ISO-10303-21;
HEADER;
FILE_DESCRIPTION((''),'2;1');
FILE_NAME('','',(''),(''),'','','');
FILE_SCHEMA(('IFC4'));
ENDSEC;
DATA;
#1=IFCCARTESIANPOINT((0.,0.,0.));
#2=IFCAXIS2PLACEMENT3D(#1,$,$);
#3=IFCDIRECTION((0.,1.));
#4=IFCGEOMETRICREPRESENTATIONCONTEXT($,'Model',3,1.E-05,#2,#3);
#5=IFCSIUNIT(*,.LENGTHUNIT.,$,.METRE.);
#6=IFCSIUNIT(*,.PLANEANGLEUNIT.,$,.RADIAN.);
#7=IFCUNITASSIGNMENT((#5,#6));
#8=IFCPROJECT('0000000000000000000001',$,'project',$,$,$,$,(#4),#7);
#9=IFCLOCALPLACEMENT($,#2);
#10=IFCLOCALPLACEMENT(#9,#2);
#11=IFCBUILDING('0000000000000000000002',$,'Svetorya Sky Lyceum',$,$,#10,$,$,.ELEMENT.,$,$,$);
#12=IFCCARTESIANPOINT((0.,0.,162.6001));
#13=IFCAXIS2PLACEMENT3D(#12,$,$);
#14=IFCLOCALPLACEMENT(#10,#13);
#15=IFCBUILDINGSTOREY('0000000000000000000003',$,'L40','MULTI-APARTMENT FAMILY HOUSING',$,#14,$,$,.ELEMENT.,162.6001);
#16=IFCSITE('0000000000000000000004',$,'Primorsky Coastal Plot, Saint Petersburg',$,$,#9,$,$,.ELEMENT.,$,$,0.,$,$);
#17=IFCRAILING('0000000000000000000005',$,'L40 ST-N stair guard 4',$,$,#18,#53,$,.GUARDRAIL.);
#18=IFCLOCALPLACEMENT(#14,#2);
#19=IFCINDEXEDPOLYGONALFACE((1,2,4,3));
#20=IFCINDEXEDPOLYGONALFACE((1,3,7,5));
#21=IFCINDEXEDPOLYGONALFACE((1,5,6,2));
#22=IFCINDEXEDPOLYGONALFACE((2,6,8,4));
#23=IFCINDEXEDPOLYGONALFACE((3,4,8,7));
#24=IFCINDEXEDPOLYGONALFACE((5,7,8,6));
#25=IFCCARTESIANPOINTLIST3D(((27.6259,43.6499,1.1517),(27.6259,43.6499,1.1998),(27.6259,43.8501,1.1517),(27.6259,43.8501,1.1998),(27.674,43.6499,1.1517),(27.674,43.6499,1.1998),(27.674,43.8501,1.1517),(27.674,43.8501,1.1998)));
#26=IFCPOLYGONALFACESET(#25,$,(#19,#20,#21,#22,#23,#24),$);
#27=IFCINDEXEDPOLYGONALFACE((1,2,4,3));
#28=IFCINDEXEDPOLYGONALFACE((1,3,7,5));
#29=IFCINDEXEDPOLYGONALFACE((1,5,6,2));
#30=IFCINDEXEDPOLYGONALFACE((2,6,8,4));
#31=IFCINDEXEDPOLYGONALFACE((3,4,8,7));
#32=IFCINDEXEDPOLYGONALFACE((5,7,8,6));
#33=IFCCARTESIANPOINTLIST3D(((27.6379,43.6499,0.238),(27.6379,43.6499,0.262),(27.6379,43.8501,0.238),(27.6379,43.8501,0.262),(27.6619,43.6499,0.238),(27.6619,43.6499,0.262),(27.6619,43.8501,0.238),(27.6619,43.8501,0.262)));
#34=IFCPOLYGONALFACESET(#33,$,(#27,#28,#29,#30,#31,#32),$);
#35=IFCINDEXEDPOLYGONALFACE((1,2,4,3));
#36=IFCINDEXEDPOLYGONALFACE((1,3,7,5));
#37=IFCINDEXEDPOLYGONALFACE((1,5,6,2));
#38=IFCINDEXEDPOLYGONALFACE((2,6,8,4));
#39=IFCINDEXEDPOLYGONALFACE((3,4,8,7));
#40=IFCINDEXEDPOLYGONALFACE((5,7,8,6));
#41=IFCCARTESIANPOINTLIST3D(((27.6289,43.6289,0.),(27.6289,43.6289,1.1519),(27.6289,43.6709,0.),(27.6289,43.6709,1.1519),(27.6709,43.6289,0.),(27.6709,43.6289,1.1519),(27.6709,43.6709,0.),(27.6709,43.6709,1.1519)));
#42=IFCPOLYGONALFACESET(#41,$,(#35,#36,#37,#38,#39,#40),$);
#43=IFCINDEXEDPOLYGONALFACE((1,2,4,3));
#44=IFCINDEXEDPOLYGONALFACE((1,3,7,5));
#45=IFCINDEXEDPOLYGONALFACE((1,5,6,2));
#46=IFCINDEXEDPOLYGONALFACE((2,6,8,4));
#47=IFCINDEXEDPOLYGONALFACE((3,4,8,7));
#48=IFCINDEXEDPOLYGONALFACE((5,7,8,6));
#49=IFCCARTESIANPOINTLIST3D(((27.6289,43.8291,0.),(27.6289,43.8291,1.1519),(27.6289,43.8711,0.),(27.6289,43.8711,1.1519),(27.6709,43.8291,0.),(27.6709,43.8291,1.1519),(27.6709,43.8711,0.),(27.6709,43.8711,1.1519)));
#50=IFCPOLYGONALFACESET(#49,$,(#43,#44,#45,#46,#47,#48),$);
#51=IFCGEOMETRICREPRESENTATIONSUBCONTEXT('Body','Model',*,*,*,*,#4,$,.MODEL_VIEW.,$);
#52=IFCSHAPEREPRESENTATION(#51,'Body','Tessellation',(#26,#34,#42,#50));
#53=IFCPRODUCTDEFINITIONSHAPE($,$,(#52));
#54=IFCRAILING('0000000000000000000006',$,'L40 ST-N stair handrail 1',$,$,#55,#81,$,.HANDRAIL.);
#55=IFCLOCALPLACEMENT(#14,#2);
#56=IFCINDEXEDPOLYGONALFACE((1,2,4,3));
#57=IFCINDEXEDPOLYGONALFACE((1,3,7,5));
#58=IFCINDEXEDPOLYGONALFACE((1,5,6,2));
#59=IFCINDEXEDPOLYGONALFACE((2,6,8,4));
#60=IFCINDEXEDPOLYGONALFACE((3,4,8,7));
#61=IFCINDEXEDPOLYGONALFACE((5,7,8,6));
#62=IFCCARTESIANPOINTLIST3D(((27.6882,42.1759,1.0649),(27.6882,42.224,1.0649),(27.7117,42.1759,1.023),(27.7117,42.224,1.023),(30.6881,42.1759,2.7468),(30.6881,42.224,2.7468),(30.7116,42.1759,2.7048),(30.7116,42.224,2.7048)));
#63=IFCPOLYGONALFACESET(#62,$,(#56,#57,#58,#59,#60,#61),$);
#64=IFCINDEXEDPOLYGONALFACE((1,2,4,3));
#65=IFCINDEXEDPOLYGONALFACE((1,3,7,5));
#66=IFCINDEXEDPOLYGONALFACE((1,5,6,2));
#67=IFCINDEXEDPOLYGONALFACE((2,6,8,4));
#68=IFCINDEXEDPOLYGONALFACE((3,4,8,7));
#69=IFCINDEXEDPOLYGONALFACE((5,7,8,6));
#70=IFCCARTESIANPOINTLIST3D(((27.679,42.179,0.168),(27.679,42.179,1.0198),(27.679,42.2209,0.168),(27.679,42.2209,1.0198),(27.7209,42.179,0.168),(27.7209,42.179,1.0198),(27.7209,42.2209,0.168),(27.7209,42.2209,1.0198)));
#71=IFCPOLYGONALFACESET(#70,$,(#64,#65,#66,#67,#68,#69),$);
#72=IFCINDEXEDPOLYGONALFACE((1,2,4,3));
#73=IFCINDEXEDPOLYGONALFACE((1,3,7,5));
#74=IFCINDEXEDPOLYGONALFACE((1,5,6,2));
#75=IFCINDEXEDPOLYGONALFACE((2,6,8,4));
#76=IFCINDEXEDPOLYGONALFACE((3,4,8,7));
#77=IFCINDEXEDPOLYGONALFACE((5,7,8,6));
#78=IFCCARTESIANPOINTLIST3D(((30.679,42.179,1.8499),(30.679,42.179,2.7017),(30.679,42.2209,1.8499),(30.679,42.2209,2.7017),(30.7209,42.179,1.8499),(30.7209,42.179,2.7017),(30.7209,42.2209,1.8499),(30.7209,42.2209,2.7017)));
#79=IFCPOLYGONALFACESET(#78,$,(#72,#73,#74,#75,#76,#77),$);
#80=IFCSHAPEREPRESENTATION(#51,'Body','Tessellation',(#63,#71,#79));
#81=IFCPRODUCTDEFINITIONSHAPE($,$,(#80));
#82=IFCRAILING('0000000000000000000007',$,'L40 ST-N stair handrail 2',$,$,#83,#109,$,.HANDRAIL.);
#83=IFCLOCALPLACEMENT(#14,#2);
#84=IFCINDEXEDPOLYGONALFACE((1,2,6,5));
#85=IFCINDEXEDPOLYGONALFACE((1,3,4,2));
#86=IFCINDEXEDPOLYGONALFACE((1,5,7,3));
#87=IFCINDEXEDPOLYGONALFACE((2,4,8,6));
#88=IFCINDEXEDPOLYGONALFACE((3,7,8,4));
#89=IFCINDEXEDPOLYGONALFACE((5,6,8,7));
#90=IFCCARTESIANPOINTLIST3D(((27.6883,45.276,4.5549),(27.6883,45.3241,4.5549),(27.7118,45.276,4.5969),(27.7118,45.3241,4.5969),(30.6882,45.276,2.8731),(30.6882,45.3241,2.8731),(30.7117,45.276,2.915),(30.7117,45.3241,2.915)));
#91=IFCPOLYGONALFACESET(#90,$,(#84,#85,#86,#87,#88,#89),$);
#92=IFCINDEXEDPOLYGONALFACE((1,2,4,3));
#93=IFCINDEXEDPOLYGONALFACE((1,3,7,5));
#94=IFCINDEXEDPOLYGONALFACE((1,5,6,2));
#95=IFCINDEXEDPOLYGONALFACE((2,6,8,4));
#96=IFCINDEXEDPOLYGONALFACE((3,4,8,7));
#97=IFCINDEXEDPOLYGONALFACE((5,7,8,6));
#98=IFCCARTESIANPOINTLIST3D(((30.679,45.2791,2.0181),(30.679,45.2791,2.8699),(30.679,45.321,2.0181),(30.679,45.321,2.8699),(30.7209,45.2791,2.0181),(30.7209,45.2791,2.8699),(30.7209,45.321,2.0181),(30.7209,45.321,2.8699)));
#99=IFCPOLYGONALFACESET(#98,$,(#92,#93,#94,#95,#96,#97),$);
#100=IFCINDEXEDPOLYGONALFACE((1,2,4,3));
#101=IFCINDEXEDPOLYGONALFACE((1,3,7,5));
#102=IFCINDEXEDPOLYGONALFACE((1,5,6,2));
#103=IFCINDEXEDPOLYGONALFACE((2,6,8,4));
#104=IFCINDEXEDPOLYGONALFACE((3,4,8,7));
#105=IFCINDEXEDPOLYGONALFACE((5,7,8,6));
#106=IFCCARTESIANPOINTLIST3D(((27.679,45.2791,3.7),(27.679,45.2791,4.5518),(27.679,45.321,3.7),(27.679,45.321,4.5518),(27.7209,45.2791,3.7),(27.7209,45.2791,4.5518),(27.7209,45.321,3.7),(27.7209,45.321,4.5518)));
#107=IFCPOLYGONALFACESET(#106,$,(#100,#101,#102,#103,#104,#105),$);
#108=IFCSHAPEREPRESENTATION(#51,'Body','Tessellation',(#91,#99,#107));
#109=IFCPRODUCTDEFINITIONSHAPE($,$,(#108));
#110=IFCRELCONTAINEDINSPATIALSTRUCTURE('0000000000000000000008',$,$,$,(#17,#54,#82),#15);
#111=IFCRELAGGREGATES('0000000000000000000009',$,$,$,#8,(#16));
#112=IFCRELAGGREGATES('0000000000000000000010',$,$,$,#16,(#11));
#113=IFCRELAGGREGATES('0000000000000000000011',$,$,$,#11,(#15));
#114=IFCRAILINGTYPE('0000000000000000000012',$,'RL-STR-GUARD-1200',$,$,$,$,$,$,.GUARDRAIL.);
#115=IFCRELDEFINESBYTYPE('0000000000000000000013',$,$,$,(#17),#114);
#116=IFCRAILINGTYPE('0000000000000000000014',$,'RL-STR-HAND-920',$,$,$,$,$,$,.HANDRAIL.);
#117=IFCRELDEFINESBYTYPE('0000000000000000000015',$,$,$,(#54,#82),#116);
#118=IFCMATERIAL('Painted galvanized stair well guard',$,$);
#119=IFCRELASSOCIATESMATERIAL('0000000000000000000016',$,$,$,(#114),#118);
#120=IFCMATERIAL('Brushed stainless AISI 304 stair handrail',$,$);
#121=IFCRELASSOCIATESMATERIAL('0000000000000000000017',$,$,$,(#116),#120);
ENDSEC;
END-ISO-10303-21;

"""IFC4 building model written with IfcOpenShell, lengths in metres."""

from ifc_helpers import new_model, si_unit, direction, frame, origin, origin_2d, place, context, subcontext, project, spatial, rectangle, extrude, material, type_object, element, save


model = new_model("IFC4")

# Units and contexts
model_context = context("Model", 3, precision=1e-05, world=origin(), true_north=direction((0.0, 1.0)))
body_context = subcontext(model_context, "Body", "Model", "MODEL_VIEW")
ifc_project = project(units=[si_unit("LENGTHUNIT", "METRE"), si_unit("PLANEANGLEUNIT", "RADIAN")], contexts=[model_context])

# Site, building, storey
site_placement = place(None, origin())
site = spatial("IfcSite", under=ifc_project, at=site_placement, Name="Primorsky Coastal Plot, Saint Petersburg", CompositionType="ELEMENT", RefElevation=0.0)
building_placement = place(site_placement, origin())
building = spatial("IfcBuilding", under=site, at=building_placement, Name="Svetorya Sky Lyceum", CompositionType="ELEMENT")
storey_placement = place(building_placement, frame((0.0, 0.0, 162.6001)))
storey = spatial("IfcBuildingStorey", under=building, at=storey_placement, Name="L40", Description="MULTI-APARTMENT FAMILY HOUSING", CompositionType="ELEMENT", Elevation=162.6001)

# Railings
ifc_material_1 = material(Name="Painted galvanized stair well guard")
railing_type_1 = type_object("IfcRailingType", Name="RL-STR-GUARD-1200", PredefinedType="GUARDRAIL", material=ifc_material_1)
railing_1_placement = place(storey_placement, frame((27.6499, 43.6499, 0.0)))
element("IfcRailing", 1, at=railing_1_placement, inside=storey, type_object=railing_type_1, Name="L40 ST-N stair guard 4", PredefinedType="GUARDRAIL", context=body_context, shape_type="SweptSolid", body=[
    extrude(rectangle(XDim=0.0481, YDim=0.0481, at=origin_2d()), frame((0.0, 0.0, 1.1758), z_axis=(0.0, 1.0, 0.0), x_axis=(-1.0, 0.0, 0.0)), (0.0, 0.0, 1.0), 0.2002),
    extrude(rectangle(XDim=0.0239, YDim=0.0239, at=origin_2d()), frame((0.0, 0.0, 0.25), z_axis=(0.0, 1.0, 0.0), x_axis=(-1.0, 0.0, 0.0)), (0.0, 0.0, 1.0), 0.2002),
    extrude(rectangle(XDim=0.042, YDim=0.042, at=origin_2d()), origin(), (0.0, 0.0, 1.0), 1.1519),
    extrude(rectangle(XDim=0.042, YDim=0.042, at=origin_2d()), frame((0.0, 0.2002, 0.0)), (0.0, 0.0, 1.0), 1.1519),
])
ifc_material_2 = material(Name="Brushed stainless AISI 304 stair handrail")
railing_type_2 = type_object("IfcRailingType", Name="RL-STR-HAND-920", PredefinedType="HANDRAIL", material=ifc_material_2)
railing_2_placement = place(storey_placement, frame((27.7, 42.2, 0.168)))
element("IfcRailing", 2, at=railing_2_placement, inside=storey, type_object=railing_type_2, Name="L40 ST-N stair handrail 1", PredefinedType="HANDRAIL", context=body_context, shape_type="SweptSolid", body=[
    extrude(rectangle(XDim=0.0481, YDim=0.0481, at=origin_2d()), frame((0.0, 0.0, 0.876), z_axis=(0.872272, 0.0, 0.48902), x_axis=(0.0, 1.0, 0.0)), (0.0, 0.0, 1.0), 3.4392),
    extrude(rectangle(XDim=0.042, YDim=0.042, at=origin_2d()), origin(), (0.0, 0.0, 1.0), 0.8518),
    extrude(rectangle(XDim=0.042, YDim=0.042, at=origin_2d()), frame((3.0, 0.0, 1.6819)), (0.0, 0.0, 1.0), 0.8518),
])
railing_3_placement = place(storey_placement, frame((30.7, 45.3, 2.0181)))
element("IfcRailing", 3, at=railing_3_placement, inside=storey, type_object=railing_type_2, Name="L40 ST-N stair handrail 2", PredefinedType="HANDRAIL", context=body_context, shape_type="SweptSolid", body=[
    extrude(rectangle(XDim=0.0481, YDim=0.0481, at=origin_2d()), frame((0.0, 0.0, 0.876), z_axis=(-0.872272, 0.0, 0.48902), x_axis=(0.0, -1.0, 0.0)), (0.0, 0.0, 1.0), 3.4392),
    extrude(rectangle(XDim=0.042, YDim=0.042, at=origin_2d()), origin(), (0.0, 0.0, 1.0), 0.8518),
    extrude(rectangle(XDim=0.042, YDim=0.042, at=origin_2d()), frame((-3.0, 0.0, 1.6819)), (0.0, 0.0, 1.0), 0.8518),
])

save(model, "model.ifc")
